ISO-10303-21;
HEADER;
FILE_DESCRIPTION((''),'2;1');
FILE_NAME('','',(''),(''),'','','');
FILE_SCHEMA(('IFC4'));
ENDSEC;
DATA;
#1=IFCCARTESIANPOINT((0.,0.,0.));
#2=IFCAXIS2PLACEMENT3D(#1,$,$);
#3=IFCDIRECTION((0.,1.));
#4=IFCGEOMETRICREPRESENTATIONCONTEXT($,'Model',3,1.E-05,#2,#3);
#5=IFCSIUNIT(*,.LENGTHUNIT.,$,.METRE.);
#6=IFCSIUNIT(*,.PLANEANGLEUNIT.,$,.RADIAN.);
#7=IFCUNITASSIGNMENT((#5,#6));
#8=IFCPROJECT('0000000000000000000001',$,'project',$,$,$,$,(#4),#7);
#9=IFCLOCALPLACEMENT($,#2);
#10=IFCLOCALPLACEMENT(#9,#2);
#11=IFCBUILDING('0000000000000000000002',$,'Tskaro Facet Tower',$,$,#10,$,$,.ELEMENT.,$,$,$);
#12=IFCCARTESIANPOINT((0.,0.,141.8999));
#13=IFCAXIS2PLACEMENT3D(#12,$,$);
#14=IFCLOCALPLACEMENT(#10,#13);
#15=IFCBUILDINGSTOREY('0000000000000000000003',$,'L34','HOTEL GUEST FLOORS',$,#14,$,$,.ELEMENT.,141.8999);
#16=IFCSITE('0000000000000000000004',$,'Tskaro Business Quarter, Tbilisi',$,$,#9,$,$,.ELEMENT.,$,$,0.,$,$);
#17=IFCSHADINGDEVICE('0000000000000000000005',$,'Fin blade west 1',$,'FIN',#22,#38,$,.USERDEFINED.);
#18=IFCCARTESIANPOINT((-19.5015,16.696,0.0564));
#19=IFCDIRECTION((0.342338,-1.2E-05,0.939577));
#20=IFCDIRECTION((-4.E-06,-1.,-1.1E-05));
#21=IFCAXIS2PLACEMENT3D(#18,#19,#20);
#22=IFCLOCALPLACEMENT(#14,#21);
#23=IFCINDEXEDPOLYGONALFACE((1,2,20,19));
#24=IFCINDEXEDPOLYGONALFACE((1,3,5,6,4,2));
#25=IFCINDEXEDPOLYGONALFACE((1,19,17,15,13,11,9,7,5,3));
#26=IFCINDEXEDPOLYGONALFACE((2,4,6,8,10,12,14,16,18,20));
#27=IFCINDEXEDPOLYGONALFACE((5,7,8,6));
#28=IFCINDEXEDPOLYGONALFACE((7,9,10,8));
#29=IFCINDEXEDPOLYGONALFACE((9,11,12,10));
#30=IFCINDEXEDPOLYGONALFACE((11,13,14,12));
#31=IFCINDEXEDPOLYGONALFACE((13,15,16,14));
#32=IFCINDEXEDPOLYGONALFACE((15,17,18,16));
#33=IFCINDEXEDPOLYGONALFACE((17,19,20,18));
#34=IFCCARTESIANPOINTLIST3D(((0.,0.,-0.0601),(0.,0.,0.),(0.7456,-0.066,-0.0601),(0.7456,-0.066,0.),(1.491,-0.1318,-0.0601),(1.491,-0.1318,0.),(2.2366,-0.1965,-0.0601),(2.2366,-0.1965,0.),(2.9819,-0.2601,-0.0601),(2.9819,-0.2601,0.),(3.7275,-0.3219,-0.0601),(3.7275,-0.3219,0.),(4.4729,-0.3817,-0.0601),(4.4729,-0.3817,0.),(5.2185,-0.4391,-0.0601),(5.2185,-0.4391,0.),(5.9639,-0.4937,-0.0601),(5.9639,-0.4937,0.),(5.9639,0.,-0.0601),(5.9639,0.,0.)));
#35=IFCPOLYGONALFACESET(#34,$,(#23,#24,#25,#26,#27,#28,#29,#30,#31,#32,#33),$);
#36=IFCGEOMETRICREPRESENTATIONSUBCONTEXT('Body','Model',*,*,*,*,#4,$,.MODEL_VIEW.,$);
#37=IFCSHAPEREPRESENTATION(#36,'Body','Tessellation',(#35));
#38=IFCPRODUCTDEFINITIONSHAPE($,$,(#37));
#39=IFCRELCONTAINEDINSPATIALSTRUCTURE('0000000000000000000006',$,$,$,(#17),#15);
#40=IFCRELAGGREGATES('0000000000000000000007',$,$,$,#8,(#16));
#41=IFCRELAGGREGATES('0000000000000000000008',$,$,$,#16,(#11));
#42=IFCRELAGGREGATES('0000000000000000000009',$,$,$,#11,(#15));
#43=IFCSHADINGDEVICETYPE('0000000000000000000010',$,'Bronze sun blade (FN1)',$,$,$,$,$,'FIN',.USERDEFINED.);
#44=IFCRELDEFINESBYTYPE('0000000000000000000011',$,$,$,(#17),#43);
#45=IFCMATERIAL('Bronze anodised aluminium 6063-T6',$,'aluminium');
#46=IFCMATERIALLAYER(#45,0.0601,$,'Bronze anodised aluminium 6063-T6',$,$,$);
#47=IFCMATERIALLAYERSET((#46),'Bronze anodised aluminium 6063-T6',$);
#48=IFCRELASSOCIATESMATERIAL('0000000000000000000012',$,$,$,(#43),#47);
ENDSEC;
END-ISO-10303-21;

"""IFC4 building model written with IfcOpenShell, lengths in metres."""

from ifc_helpers import new_model, si_unit, direction, frame, origin, place, context, subcontext, project, spatial, polyline, outline, extrude, material, layer, layer_set, type_object, element, save


model = new_model("IFC4")

# Units and contexts
model_context = context("Model", 3, precision=1e-05, world=origin(), true_north=direction((0.0, 1.0)))
body_context = subcontext(model_context, "Body", "Model", "MODEL_VIEW")
ifc_project = project(units=[si_unit("LENGTHUNIT", "METRE"), si_unit("PLANEANGLEUNIT", "RADIAN")], contexts=[model_context])

# Site, building, storey
site_placement = place(None, origin())
site = spatial("IfcSite", under=ifc_project, at=site_placement, Name="Tskaro Business Quarter, Tbilisi", CompositionType="ELEMENT", RefElevation=0.0)
building_placement = place(site_placement, origin())
building = spatial("IfcBuilding", under=site, at=building_placement, Name="Tskaro Facet Tower", CompositionType="ELEMENT")
storey_placement = place(building_placement, frame((0.0, 0.0, 141.8999)))
storey = spatial("IfcBuildingStorey", under=building, at=storey_placement, Name="L34", Description="HOTEL GUEST FLOORS", CompositionType="ELEMENT", Elevation=141.8999)

# Shared definitions
ifc_material_1 = material(Name="Bronze anodised aluminium 6063-T6", Category="aluminium")

# Shading device
ifc_layer_1 = layer(ifc_material_1, 0.0601, Name="Bronze anodised aluminium 6063-T6")
ifc_layer_set_1 = layer_set([ifc_layer_1], Name="Bronze anodised aluminium 6063-T6")
shading_device_type = type_object("IfcShadingDeviceType", Name="Bronze sun blade (FN1)", ElementType="FIN", PredefinedType="USERDEFINED", material=ifc_layer_set_1)
shading_device_1_placement = place(storey_placement, frame((-19.5015, 16.696, 0.0564), z_axis=(0.342338, -0.000012, 0.939577), x_axis=(-0.000004, -1.0, -0.000011)))
element("IfcShadingDevice", 1, at=shading_device_1_placement, inside=storey, type_object=shading_device_type, Name="Fin blade west 1", ObjectType="FIN", PredefinedType="USERDEFINED", context=body_context, shape_type="SweptSolid", body=[
    extrude(outline(polyline([(0.0, 0.0), (5.9639, 0.0), (5.9639, -0.4937), (5.2185, -0.4391), (4.4729, -0.3817), (3.7275, -0.3219), (2.9819, -0.2601), (2.2366, -0.1965), (1.491, -0.1318), (0.7456, -0.066), (0.0, 0.0)])), origin(), (0.0, 0.0, -1.0), 0.0601),
])

save(model, "model.ifc")
